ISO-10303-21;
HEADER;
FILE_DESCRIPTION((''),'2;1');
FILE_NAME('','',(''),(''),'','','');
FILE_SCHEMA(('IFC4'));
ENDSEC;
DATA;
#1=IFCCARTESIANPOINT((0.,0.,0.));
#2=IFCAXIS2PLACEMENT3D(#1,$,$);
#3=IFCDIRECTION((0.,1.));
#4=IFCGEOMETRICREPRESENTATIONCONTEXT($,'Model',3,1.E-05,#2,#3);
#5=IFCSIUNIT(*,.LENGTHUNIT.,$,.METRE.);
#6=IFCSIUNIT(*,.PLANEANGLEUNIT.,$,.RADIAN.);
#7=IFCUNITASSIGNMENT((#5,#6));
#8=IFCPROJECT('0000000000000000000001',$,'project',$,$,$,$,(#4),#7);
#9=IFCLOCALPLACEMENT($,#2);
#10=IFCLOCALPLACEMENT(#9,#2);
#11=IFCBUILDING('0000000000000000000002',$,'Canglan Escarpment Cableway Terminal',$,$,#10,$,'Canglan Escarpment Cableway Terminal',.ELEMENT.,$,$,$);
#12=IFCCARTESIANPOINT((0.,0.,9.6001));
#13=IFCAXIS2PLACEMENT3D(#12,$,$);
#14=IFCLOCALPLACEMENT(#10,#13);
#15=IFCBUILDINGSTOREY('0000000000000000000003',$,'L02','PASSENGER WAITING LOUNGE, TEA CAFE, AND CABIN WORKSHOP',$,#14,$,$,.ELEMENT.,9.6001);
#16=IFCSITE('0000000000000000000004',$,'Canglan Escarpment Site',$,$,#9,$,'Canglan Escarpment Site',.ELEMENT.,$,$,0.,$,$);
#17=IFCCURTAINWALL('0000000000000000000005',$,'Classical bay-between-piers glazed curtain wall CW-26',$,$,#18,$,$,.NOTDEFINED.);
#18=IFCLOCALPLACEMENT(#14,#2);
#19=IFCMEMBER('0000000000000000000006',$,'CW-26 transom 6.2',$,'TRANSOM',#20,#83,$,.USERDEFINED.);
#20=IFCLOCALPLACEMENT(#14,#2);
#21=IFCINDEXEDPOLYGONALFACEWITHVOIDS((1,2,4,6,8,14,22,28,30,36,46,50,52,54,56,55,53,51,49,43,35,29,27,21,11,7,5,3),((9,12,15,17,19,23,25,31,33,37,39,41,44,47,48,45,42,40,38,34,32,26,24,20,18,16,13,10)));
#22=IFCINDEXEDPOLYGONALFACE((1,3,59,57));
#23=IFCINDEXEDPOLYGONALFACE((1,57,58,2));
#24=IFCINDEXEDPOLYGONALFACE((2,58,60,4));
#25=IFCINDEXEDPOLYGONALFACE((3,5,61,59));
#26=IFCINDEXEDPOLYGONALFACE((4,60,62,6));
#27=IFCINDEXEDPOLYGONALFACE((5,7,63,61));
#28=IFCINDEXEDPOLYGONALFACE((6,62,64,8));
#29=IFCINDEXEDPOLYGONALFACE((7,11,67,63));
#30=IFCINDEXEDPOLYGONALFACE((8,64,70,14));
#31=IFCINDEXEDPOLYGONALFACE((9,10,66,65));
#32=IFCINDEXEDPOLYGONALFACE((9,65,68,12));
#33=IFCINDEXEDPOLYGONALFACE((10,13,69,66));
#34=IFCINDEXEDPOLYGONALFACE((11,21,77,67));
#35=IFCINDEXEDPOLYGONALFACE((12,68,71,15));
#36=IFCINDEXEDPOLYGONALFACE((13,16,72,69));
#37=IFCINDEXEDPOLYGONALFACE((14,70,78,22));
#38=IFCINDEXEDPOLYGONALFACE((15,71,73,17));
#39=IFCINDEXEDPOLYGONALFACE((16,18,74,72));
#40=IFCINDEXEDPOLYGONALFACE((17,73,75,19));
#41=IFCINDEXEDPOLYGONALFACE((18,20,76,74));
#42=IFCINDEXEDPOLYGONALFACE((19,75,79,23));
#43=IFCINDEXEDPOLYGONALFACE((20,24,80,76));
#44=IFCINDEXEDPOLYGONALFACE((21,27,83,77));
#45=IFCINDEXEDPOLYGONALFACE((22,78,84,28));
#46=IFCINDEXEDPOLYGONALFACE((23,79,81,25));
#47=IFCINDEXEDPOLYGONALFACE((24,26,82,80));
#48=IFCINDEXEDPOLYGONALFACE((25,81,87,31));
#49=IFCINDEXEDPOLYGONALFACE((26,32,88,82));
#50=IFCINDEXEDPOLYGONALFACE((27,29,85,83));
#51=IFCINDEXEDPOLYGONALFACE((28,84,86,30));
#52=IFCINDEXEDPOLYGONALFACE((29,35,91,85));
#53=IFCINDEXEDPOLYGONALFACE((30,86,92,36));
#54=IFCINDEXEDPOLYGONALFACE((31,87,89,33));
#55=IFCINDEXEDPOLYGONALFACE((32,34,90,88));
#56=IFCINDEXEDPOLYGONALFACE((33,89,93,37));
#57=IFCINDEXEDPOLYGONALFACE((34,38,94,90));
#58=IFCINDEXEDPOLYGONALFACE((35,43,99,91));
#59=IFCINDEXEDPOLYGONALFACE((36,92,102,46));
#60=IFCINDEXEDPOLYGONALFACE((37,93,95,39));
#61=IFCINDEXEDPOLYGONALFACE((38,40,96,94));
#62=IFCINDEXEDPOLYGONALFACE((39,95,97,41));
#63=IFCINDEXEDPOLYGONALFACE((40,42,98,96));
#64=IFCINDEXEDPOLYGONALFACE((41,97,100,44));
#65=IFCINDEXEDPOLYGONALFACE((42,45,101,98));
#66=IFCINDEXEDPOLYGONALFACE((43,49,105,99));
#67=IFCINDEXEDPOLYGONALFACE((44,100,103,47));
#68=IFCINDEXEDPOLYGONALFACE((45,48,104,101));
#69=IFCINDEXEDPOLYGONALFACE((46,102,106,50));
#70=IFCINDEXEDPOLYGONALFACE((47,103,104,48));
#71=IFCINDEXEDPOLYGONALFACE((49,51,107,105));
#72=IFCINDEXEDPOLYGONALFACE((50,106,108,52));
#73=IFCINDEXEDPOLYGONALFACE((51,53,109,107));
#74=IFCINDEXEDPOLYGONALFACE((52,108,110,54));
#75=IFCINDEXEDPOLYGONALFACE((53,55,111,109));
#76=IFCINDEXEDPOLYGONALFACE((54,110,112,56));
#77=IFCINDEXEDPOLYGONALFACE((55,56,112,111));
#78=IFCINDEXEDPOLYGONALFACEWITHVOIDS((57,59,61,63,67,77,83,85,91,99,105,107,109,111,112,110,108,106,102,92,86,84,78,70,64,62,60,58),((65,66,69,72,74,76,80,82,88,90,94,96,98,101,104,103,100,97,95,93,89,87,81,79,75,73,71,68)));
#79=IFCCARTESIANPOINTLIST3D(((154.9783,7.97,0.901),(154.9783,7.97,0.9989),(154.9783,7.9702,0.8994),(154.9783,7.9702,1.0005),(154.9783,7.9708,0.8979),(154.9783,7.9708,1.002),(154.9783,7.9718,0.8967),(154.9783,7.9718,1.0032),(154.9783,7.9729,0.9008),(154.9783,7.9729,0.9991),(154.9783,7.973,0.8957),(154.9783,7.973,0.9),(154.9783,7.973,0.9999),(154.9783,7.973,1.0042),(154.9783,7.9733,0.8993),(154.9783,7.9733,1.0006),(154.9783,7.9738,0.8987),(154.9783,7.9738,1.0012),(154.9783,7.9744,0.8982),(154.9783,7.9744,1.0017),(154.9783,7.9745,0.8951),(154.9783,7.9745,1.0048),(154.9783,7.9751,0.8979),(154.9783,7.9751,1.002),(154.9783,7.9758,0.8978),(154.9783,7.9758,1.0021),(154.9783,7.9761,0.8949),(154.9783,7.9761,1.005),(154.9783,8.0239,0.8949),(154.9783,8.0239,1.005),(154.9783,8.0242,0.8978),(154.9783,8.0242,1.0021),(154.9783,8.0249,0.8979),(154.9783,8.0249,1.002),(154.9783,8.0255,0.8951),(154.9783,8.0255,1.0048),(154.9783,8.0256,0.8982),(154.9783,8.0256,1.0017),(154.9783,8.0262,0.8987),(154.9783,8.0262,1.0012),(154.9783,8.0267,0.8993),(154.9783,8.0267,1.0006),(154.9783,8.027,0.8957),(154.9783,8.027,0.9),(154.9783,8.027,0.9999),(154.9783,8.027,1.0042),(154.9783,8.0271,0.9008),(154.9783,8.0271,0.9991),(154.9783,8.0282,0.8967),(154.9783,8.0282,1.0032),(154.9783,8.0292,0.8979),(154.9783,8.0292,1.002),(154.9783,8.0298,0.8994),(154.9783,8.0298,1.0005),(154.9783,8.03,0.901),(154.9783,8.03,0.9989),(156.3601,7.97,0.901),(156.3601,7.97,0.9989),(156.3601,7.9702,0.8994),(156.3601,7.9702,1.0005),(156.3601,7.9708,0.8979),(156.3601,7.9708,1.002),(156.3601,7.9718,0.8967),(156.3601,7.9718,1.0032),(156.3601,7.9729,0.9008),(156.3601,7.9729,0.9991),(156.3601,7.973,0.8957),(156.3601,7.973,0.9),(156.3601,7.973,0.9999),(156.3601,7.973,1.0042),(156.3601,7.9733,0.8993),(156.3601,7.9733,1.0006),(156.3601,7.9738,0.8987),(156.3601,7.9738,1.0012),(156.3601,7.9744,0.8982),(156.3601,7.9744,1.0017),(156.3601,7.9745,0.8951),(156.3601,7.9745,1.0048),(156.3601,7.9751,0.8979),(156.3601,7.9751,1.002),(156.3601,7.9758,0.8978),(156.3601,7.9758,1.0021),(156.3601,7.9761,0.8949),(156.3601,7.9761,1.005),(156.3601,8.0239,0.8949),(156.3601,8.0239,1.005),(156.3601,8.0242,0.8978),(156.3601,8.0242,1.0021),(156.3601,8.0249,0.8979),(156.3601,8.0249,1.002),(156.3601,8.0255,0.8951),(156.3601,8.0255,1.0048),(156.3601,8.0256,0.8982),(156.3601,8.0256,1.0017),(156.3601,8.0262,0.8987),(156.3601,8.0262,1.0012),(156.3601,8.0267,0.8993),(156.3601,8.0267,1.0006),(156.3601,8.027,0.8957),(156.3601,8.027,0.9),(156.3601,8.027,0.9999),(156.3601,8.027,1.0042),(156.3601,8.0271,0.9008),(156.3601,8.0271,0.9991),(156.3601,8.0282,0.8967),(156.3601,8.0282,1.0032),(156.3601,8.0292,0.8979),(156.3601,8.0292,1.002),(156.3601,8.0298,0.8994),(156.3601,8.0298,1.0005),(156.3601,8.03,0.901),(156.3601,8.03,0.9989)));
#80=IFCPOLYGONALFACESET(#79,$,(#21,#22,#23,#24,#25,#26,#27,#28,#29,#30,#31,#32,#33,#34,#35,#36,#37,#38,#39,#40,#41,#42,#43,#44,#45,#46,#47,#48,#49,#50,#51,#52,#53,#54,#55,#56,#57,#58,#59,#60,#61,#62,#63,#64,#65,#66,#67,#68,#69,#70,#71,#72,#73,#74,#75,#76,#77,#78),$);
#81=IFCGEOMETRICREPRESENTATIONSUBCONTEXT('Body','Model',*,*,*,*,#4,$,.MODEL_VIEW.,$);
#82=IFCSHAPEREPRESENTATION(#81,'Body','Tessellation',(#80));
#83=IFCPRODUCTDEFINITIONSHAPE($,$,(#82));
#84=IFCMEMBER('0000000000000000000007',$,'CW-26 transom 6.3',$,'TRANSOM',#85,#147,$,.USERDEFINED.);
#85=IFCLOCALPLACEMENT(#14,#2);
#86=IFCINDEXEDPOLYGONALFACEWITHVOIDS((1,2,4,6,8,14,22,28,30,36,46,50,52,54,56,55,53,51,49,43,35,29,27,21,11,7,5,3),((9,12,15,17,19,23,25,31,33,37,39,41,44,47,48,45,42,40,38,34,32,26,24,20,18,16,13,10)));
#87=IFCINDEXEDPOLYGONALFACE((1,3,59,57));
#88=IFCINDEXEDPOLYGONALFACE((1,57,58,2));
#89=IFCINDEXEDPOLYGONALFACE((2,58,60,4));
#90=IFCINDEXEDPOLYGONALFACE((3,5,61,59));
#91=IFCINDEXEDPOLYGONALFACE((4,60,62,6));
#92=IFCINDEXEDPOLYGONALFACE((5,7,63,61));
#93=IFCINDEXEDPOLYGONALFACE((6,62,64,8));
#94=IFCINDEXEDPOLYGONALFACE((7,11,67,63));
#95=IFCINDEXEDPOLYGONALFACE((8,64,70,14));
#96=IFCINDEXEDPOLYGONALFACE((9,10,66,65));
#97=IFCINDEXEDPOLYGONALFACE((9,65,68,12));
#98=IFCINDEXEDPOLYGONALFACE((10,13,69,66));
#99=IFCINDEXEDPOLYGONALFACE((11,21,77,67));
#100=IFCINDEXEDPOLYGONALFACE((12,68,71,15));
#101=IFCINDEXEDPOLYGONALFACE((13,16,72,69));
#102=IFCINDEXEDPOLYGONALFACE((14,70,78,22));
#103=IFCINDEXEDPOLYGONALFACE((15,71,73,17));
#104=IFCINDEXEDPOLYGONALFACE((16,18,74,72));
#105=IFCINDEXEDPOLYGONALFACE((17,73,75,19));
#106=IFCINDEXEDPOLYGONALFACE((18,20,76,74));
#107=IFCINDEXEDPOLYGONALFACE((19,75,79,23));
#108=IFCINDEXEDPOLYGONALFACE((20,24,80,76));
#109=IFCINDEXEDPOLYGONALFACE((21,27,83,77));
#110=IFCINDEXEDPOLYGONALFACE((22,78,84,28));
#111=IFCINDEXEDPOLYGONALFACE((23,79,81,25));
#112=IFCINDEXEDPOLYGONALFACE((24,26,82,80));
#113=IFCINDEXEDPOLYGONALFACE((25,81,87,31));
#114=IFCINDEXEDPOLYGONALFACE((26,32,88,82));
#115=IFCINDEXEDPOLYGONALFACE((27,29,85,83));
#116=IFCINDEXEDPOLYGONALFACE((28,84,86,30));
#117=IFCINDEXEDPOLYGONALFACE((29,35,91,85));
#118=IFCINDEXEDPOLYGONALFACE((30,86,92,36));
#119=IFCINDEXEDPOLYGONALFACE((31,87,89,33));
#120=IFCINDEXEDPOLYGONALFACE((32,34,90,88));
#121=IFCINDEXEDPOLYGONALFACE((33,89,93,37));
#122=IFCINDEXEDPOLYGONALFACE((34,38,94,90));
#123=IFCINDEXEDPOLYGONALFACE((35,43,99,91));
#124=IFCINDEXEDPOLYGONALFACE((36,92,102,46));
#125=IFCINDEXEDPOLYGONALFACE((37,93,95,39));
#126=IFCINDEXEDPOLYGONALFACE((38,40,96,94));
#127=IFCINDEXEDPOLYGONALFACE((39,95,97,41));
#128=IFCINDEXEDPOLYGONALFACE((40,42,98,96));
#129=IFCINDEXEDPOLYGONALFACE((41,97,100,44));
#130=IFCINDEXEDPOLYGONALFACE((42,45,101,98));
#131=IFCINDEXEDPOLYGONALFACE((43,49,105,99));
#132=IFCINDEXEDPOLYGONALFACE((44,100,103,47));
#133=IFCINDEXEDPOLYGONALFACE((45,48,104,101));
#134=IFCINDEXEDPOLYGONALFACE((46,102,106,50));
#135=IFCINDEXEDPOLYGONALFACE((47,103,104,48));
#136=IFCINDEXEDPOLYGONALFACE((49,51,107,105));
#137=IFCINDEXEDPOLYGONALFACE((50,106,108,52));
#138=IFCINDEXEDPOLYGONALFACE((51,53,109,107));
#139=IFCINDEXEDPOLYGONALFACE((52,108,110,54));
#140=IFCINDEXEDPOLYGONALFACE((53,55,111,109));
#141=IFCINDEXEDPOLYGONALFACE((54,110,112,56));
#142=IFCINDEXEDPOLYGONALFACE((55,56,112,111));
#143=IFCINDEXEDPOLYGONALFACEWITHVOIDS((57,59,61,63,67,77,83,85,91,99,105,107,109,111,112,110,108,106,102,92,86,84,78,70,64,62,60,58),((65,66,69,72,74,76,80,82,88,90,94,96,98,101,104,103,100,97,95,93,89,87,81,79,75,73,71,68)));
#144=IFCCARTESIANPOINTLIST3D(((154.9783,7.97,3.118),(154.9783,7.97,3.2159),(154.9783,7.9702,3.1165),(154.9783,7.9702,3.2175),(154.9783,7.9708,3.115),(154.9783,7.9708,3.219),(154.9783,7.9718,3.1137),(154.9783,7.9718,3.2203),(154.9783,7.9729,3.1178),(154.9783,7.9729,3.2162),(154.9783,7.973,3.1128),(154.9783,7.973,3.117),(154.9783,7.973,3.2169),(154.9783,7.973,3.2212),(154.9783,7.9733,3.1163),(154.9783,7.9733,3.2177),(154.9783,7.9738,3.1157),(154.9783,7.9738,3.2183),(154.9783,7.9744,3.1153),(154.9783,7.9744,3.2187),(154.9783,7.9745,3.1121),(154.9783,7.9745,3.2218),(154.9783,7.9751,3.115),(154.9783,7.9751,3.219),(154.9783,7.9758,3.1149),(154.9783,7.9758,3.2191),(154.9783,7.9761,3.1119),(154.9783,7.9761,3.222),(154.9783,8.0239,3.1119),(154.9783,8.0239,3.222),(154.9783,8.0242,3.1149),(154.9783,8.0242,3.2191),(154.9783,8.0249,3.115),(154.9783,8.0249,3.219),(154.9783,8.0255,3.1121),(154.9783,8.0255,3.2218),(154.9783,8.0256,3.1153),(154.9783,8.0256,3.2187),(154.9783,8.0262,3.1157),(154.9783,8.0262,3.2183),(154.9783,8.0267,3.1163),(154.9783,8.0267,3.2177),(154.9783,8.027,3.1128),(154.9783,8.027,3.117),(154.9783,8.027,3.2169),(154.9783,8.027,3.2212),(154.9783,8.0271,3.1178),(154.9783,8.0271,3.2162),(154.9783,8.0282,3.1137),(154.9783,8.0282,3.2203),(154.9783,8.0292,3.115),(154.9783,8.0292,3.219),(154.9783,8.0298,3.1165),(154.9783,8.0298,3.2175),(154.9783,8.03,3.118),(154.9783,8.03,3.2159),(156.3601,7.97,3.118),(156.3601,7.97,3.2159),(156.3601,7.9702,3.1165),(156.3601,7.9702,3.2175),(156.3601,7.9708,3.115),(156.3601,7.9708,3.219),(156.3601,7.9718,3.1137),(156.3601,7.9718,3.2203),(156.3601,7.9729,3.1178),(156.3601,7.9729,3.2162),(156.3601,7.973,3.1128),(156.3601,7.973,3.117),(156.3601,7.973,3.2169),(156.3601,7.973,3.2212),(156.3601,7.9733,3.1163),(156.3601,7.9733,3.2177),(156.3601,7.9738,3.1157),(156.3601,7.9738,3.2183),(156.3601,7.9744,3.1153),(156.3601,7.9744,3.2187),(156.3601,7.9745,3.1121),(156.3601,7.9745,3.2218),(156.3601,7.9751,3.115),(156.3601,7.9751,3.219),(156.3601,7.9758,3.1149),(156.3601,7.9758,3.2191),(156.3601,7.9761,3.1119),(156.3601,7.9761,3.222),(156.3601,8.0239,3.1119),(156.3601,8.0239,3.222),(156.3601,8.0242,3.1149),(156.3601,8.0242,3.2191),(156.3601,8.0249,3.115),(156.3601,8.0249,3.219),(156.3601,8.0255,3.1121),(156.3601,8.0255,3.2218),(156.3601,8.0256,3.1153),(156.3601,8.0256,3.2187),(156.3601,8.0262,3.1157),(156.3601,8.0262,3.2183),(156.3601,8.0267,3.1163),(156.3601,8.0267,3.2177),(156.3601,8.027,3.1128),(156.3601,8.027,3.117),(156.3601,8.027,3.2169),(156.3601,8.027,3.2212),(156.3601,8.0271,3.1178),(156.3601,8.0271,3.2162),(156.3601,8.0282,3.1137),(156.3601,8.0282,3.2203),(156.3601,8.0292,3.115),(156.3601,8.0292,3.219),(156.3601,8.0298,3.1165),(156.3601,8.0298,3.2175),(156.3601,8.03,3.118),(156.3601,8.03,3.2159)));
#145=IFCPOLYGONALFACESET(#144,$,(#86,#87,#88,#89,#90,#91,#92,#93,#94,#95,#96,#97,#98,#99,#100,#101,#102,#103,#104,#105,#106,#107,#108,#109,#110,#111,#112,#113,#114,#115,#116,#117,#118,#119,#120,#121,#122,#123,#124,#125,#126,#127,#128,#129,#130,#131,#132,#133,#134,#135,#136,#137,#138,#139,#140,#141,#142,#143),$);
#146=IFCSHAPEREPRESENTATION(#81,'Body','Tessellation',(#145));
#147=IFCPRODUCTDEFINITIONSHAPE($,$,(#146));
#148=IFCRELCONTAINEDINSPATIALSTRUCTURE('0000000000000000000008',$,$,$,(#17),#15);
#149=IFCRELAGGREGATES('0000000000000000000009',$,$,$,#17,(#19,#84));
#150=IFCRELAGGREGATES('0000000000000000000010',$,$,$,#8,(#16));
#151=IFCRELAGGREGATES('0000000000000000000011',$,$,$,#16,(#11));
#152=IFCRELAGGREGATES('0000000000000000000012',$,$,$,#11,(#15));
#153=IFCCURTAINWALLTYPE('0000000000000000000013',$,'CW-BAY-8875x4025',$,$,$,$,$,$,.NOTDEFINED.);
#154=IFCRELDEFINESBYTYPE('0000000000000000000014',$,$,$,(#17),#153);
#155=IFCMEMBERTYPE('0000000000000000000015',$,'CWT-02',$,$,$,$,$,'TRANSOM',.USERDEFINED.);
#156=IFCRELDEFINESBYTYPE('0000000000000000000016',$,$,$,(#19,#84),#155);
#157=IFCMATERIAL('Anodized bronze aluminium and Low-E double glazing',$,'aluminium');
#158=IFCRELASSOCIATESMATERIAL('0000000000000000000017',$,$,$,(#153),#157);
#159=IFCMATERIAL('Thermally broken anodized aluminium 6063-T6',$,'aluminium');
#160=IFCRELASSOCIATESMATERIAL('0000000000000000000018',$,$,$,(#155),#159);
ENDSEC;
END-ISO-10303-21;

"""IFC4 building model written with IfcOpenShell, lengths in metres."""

from ifc_helpers import new_model, si_unit, direction, frame, origin, origin_2d, place, context, subcontext, project, spatial, hollow_rectangle, extrude, material, material_profile, profile_set, type_object, element, aggregate, save


model = new_model("IFC4")

# Units and contexts
model_context = context("Model", 3, precision=1e-05, world=origin(), true_north=direction((0.0, 1.0)))
body_context = subcontext(model_context, "Body", "Model", "MODEL_VIEW")
ifc_project = project(units=[si_unit("LENGTHUNIT", "METRE"), si_unit("PLANEANGLEUNIT", "RADIAN")], contexts=[model_context])

# Site, building, storey
site_placement = place(None, origin())
site = spatial("IfcSite", under=ifc_project, at=site_placement, Name="Canglan Escarpment Site", LongName="Canglan Escarpment Site", CompositionType="ELEMENT", RefElevation=0.0)
building_placement = place(site_placement, origin())
building = spatial("IfcBuilding", under=site, at=building_placement, Name="Canglan Escarpment Cableway Terminal", LongName="Canglan Escarpment Cableway Terminal", CompositionType="ELEMENT")
storey_placement = place(building_placement, frame((0.0, 0.0, 9.6001)))
storey = spatial("IfcBuildingStorey", under=building, at=storey_placement, Name="L02", Description="PASSENGER WAITING LOUNGE, TEA CAFE, AND CABIN WORKSHOP", CompositionType="ELEMENT", Elevation=9.6001)

# Curtain wall
ifc_material_1 = material(Name="Anodized bronze aluminium and Low-E double glazing", Category="aluminium")
curtain_wall_type = type_object("IfcCurtainWallType", Name="CW-BAY-8875x4025", PredefinedType="NOTDEFINED", material=ifc_material_1)
curtain_wall_1_placement = place(storey_placement, origin())
curtain_wall_1 = element("IfcCurtainWall", 1, at=curtain_wall_1_placement, inside=storey, type_object=curtain_wall_type, Name="Classical bay-between-piers glazed curtain wall CW-26", PredefinedType="NOTDEFINED")
ifc_material_2 = material(Name="Thermally broken anodized aluminium 6063-T6", Category="aluminium")

# Members
ifc_material_profile_1 = material_profile(ifc_material_2, hollow_rectangle(XDim=0.0601, YDim=0.1101, WallThickness=0.0029, InnerFilletRadius=0.0029, OuterFilletRadius=0.0061, at=origin_2d()), Name="ALU-TRAN 60x110x3")
ifc_profile_set_1 = profile_set([ifc_material_profile_1], Name="Thermally broken anodized aluminium 6063-T6")
member_type_1 = type_object("IfcMemberType", Name="CWT-02", ElementType="TRANSOM", PredefinedType="USERDEFINED", material=ifc_profile_set_1)
member_1_placement = place(storey_placement, frame((154.9783, 8.0, 0.95), z_axis=(1.0, 0.0, 0.0), x_axis=(0.0, 1.0, 0.0)))
member_1 = element("IfcMember", 2, at=member_1_placement, type_object=member_type_1, Name="CW-26 transom 6.2", ObjectType="TRANSOM", PredefinedType="USERDEFINED", context=body_context, shape_type="SweptSolid", body=[
    extrude(hollow_rectangle(XDim=0.0601, YDim=0.1101, WallThickness=0.0029, InnerFilletRadius=0.0029, OuterFilletRadius=0.0061, at=origin_2d()), origin(), (0.0, 0.0, 1.0), 1.3818),
])
member_2_placement = place(storey_placement, frame((154.9783, 8.0, 3.167), z_axis=(1.0, 0.0, 0.0), x_axis=(0.0, 1.0, 0.0)))
member_2 = element("IfcMember", 3, at=member_2_placement, type_object=member_type_1, Name="CW-26 transom 6.3", ObjectType="TRANSOM", PredefinedType="USERDEFINED", context=body_context, shape_type="SweptSolid", body=[
    extrude(hollow_rectangle(XDim=0.0601, YDim=0.1101, WallThickness=0.0029, InnerFilletRadius=0.0029, OuterFilletRadius=0.0061, at=origin_2d()), origin(), (0.0, 0.0, 1.0), 1.3818),
])

aggregate(curtain_wall_1, [member_1, member_2])

save(model, "model.ifc")
